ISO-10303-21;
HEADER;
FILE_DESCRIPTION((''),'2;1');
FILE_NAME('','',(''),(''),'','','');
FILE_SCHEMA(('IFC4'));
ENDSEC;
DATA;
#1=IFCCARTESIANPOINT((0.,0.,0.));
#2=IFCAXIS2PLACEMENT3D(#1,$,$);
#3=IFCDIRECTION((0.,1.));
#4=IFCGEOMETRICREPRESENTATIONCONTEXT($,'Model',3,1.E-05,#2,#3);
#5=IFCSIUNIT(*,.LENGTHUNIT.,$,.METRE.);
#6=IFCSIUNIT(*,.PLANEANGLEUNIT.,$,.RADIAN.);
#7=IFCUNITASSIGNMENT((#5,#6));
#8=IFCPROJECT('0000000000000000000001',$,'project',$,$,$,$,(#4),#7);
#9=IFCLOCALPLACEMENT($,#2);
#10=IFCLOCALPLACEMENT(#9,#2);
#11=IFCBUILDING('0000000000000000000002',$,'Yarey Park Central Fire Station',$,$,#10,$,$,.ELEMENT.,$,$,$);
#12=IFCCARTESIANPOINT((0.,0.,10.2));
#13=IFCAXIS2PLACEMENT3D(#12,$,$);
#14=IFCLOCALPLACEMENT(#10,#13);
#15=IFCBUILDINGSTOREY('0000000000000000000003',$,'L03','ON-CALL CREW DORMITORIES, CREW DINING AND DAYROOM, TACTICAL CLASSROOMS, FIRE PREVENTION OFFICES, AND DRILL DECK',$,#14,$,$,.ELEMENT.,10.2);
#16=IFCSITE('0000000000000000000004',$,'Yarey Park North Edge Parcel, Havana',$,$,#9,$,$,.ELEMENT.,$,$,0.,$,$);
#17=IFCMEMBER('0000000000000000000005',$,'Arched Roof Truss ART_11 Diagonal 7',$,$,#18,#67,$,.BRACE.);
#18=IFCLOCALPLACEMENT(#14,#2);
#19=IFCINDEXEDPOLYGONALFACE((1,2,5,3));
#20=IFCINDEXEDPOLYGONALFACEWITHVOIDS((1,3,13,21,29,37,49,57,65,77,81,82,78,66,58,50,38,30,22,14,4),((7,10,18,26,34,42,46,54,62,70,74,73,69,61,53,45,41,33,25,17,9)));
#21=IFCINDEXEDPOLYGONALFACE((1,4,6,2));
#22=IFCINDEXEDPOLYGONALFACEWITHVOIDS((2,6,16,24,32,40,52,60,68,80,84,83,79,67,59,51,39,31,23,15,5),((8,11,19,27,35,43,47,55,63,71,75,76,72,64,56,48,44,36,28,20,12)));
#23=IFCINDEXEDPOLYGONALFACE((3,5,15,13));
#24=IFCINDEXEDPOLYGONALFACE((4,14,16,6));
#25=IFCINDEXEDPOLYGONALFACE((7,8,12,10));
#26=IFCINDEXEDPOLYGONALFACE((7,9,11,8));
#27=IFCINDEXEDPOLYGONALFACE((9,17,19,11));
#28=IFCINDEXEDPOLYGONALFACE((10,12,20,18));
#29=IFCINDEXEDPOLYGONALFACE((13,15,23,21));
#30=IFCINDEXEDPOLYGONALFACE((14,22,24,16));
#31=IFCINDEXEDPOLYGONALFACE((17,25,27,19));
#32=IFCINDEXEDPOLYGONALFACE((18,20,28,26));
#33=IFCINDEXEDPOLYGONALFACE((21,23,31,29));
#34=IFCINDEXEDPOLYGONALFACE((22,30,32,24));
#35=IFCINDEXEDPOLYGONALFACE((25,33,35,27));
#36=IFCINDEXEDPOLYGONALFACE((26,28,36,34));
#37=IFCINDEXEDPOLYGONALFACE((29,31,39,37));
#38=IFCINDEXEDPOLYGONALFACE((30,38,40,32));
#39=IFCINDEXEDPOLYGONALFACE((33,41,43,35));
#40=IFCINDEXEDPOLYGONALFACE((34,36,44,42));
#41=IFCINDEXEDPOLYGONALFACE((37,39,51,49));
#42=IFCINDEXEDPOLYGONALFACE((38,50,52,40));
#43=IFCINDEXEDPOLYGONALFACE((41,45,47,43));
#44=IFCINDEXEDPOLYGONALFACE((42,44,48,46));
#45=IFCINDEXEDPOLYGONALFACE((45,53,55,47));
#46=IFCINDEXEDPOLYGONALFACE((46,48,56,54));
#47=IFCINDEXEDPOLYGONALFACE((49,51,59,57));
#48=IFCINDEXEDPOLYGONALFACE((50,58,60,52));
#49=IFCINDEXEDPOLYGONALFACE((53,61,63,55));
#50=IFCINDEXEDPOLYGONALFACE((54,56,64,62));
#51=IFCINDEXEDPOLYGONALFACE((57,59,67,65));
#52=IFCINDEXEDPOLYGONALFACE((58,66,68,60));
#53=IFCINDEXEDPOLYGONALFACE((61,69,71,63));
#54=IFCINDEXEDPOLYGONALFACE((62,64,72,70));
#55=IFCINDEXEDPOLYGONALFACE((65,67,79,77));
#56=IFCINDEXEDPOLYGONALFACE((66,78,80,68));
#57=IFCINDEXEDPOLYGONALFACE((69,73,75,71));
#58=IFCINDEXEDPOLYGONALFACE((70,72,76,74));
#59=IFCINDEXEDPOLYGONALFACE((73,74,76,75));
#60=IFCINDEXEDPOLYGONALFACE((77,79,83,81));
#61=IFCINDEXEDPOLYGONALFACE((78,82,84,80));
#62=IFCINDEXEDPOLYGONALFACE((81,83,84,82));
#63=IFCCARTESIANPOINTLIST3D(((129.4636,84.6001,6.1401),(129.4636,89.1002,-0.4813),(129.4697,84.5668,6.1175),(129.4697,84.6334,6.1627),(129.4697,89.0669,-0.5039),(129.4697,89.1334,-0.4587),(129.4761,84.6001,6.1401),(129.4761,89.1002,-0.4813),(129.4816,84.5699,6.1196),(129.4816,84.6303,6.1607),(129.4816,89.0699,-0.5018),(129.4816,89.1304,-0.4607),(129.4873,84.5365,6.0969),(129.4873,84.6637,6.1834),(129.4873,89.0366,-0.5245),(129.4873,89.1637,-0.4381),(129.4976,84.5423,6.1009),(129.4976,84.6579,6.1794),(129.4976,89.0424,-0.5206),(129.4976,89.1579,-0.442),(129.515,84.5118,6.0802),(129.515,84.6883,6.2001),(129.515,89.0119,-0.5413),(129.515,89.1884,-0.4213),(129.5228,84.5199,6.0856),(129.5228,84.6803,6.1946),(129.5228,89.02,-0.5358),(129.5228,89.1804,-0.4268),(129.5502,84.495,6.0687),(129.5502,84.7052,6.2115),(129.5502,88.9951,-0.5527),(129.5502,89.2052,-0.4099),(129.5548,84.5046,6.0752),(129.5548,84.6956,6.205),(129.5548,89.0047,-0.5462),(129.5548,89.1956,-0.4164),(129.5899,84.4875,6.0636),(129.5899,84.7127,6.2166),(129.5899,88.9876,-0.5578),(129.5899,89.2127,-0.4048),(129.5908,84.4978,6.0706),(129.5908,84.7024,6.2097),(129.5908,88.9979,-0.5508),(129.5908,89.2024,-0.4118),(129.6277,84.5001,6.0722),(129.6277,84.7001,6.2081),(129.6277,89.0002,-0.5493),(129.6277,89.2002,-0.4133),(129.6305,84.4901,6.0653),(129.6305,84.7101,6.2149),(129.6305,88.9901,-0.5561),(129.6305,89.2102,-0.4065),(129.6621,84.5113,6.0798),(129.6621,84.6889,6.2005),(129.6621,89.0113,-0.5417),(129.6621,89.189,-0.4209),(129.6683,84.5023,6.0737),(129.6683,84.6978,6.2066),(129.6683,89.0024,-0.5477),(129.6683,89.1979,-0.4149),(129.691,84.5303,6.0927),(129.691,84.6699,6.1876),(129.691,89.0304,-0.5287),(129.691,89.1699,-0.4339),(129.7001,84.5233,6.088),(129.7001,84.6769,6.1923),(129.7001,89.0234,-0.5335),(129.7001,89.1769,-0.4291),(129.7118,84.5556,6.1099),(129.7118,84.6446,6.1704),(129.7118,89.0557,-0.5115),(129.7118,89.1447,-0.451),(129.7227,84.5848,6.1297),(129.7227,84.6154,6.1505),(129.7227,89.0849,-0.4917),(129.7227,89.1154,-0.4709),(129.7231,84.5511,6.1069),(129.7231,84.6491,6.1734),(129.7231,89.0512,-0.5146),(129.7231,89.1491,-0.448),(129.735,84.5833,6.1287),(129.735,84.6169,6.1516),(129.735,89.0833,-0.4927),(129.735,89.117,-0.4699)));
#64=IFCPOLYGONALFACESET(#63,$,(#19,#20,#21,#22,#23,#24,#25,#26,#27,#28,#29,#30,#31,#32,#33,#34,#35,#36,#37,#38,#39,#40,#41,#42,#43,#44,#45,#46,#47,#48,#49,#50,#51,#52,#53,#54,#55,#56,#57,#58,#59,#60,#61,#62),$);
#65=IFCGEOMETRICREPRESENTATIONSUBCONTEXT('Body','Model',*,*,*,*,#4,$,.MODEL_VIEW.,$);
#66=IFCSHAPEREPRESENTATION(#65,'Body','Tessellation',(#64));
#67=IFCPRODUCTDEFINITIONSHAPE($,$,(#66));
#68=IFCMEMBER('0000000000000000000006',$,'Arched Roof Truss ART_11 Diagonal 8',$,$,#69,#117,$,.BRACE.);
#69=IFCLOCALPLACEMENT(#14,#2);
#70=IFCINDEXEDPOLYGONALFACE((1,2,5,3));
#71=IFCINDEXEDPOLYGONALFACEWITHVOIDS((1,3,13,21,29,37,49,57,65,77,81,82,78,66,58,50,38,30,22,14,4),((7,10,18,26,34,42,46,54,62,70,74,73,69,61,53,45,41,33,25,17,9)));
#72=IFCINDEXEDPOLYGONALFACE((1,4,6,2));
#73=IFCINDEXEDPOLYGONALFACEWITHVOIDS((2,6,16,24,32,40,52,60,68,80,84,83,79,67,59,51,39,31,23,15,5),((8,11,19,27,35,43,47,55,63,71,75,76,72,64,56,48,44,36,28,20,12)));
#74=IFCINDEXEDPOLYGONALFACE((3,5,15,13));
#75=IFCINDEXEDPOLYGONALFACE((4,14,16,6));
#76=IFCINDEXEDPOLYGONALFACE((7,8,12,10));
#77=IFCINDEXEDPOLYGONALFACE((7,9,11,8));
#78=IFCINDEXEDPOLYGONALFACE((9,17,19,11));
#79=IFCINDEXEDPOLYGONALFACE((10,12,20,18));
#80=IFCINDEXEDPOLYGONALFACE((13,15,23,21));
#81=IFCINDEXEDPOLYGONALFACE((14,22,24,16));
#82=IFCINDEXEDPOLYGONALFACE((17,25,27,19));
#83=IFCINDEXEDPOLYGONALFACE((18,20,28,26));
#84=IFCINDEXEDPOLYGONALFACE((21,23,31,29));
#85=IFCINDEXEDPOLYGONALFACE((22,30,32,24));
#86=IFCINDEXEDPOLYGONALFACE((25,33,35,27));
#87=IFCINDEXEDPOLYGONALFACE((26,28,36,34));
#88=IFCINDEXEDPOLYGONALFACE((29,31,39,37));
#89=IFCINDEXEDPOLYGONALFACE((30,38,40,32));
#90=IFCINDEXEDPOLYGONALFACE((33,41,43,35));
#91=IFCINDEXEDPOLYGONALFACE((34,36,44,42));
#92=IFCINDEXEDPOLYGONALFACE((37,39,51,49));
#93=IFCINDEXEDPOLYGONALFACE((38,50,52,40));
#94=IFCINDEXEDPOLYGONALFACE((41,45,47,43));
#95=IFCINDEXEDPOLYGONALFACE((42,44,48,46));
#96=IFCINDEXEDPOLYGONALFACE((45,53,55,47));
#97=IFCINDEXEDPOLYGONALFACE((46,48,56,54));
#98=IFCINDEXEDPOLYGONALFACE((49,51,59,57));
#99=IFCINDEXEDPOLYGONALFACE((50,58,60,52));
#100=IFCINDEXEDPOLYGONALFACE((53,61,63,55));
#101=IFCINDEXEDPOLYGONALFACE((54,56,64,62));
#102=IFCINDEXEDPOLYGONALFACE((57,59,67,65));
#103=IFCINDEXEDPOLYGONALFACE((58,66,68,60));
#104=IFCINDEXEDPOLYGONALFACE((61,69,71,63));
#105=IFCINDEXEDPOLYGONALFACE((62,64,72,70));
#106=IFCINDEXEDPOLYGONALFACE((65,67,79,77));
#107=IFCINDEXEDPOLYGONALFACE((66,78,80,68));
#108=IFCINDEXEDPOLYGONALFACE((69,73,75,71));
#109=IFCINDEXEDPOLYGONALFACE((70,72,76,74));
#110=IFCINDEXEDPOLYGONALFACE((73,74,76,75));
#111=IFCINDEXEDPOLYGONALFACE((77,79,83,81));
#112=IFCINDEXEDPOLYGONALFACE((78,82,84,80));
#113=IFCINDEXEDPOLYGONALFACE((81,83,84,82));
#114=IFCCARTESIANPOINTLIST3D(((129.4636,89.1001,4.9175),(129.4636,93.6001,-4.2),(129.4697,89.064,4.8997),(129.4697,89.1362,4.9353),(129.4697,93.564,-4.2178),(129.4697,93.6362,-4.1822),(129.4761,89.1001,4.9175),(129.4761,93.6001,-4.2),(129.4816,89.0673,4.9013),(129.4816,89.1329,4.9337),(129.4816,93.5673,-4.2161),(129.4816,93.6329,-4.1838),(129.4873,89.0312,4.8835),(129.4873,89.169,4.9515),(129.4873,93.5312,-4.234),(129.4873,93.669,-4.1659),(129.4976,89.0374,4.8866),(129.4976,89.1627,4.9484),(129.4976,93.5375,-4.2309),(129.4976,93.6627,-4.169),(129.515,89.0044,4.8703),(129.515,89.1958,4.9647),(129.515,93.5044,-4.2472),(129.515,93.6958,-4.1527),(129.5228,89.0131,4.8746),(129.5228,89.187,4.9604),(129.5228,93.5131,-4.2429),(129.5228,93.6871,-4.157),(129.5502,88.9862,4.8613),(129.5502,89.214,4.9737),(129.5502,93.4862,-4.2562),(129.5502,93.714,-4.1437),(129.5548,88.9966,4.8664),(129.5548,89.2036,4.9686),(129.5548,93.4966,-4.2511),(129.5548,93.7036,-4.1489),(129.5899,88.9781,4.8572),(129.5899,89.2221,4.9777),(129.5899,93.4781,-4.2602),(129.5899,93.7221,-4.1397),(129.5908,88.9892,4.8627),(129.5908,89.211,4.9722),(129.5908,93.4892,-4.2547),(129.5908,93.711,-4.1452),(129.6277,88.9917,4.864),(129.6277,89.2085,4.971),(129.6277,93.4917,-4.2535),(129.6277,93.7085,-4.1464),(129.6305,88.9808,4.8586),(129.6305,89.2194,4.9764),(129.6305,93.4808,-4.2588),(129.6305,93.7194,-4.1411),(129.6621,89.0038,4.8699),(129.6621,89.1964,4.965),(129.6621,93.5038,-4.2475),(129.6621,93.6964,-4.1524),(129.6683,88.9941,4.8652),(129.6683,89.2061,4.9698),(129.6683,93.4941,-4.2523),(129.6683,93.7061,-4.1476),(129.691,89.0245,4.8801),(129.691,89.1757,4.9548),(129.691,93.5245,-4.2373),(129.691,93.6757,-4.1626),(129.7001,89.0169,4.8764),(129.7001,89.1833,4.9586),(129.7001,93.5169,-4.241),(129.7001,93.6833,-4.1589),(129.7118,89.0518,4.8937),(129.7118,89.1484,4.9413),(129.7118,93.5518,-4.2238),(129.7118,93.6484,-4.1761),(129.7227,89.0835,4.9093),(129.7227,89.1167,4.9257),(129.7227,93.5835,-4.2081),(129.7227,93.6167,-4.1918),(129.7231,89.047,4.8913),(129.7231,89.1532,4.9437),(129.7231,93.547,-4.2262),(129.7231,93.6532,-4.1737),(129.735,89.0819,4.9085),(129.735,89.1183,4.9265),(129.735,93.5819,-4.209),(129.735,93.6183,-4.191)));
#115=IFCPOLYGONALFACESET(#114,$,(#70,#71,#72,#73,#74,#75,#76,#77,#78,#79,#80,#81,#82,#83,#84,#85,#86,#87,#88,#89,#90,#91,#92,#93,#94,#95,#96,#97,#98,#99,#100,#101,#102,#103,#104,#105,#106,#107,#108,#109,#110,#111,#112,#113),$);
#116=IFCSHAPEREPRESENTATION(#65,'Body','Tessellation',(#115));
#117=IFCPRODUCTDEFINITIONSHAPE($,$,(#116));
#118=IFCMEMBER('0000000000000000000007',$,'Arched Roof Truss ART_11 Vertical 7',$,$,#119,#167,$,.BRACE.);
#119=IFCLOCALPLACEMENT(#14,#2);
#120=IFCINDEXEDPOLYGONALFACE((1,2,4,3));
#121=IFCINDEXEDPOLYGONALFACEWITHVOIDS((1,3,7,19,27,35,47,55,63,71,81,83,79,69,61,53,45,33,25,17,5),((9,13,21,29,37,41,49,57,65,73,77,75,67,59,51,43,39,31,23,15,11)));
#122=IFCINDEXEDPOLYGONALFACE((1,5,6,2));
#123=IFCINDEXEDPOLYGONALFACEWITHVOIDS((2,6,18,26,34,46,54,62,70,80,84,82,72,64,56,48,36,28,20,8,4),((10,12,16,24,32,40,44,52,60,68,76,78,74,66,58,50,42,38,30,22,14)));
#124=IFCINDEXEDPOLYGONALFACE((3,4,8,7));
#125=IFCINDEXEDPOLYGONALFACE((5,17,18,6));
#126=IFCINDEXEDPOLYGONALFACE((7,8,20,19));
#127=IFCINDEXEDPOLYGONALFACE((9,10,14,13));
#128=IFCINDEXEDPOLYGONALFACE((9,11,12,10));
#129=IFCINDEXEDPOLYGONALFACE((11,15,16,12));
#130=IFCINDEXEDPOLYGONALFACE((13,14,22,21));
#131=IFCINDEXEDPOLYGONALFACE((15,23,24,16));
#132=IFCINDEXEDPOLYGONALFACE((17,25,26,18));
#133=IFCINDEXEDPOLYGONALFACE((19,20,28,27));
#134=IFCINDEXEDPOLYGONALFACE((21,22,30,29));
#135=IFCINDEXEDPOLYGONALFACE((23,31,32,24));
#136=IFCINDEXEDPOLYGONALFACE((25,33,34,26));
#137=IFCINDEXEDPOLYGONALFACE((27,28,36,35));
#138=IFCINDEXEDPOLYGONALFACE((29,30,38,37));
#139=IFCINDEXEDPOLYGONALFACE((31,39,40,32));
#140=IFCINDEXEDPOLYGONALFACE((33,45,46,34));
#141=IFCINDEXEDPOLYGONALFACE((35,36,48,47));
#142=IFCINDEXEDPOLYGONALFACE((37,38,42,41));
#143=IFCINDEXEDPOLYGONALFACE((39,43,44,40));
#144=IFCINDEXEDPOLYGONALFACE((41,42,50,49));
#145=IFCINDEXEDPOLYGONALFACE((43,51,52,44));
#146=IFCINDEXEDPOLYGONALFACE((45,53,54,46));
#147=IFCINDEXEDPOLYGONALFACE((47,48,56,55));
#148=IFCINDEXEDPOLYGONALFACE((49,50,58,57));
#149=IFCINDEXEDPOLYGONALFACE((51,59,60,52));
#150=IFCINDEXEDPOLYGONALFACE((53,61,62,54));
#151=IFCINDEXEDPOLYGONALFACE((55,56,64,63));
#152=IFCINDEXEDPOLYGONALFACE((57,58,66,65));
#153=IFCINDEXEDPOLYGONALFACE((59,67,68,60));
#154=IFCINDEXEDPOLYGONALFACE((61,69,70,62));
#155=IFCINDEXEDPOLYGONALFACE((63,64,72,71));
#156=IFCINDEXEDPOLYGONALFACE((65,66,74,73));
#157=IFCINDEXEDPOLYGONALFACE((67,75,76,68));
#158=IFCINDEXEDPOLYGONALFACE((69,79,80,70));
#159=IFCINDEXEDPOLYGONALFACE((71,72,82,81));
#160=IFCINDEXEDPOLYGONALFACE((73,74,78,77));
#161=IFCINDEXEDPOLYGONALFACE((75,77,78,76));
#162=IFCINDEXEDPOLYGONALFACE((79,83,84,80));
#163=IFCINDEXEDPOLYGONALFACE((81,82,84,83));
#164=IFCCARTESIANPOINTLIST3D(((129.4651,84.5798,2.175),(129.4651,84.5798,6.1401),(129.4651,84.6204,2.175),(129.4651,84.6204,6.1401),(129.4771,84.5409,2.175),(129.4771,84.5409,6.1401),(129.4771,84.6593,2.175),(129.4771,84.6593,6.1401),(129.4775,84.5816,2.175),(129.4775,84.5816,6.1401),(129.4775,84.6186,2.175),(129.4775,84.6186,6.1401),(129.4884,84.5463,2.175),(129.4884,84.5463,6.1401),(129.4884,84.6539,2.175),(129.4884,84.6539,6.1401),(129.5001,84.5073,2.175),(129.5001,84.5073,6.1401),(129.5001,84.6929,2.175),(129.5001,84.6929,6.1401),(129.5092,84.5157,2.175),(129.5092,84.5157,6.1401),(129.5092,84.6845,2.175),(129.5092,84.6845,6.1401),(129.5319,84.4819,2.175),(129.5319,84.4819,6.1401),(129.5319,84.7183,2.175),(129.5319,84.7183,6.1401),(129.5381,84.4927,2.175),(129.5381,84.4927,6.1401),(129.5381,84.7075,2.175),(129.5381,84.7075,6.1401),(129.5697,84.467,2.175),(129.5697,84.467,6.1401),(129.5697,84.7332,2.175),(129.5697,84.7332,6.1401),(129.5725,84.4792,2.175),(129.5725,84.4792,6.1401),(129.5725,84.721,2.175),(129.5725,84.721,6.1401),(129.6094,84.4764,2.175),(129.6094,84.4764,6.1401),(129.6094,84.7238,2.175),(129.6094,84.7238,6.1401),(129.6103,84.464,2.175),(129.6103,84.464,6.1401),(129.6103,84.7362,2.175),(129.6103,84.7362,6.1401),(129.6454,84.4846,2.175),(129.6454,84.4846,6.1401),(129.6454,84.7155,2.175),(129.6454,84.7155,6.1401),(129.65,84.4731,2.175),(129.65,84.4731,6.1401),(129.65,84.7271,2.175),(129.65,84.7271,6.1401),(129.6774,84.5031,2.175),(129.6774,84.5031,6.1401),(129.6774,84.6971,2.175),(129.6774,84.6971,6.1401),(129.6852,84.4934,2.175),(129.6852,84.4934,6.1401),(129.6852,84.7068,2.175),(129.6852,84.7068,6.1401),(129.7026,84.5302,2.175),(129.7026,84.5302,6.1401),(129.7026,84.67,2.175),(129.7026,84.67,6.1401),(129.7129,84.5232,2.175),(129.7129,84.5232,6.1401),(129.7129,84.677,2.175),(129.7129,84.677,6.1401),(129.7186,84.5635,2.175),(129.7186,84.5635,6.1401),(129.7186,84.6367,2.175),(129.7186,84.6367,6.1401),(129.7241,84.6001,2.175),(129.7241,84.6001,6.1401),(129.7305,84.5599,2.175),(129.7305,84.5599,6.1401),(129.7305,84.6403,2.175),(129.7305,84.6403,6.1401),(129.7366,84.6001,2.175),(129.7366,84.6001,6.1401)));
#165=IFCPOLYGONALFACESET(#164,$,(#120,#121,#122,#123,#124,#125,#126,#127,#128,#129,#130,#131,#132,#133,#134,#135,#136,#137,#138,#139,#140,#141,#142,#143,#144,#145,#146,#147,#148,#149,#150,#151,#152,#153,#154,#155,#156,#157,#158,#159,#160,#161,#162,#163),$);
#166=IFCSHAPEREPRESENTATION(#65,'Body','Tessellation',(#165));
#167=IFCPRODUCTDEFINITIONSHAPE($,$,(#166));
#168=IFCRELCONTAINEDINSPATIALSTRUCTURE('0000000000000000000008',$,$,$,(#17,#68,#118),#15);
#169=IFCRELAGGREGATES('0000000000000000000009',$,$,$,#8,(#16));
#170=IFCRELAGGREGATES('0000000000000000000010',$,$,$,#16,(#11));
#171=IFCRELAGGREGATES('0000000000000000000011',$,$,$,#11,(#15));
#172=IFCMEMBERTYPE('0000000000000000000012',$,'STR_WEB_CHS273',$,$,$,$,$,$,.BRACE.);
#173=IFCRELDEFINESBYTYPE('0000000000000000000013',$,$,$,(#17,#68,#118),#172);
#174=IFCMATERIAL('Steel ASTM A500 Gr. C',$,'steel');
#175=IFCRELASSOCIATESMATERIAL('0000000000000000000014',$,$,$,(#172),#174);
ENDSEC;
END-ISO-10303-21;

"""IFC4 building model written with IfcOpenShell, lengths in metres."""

from ifc_helpers import new_model, si_unit, direction, frame, origin, origin_2d, place, context, subcontext, project, spatial, hollow_circle, extrude, material, material_profile, profile_set, type_object, element, save


model = new_model("IFC4")

# Units and contexts
model_context = context("Model", 3, precision=1e-05, world=origin(), true_north=direction((0.0, 1.0)))
body_context = subcontext(model_context, "Body", "Model", "MODEL_VIEW")
ifc_project = project(units=[si_unit("LENGTHUNIT", "METRE"), si_unit("PLANEANGLEUNIT", "RADIAN")], contexts=[model_context])

# Site, building, storey
site_placement = place(None, origin())
site = spatial("IfcSite", under=ifc_project, at=site_placement, Name="Yarey Park North Edge Parcel, Havana", CompositionType="ELEMENT", RefElevation=0.0)
building_placement = place(site_placement, origin())
building = spatial("IfcBuilding", under=site, at=building_placement, Name="Yarey Park Central Fire Station", CompositionType="ELEMENT")
storey_placement = place(building_placement, frame((0.0, 0.0, 10.2)))
storey = spatial("IfcBuildingStorey", under=building, at=storey_placement, Name="L03", Description="ON-CALL CREW DORMITORIES, CREW DINING AND DAYROOM, TACTICAL CLASSROOMS, FIRE PREVENTION OFFICES, AND DRILL DECK", CompositionType="ELEMENT", Elevation=10.2)

# Members
ifc_material_1 = material(Name="Steel ASTM A500 Gr. C", Category="steel")
ifc_material_profile_1 = material_profile(ifc_material_1, hollow_circle(Radius=0.1365, WallThickness=0.0125, at=origin_2d()), Name="CHS 273x12.5")
ifc_profile_set_1 = profile_set([ifc_material_profile_1], Name="Steel ASTM A500 Gr. C")
member_type_1 = type_object("IfcMemberType", Name="STR_WEB_CHS273", PredefinedType="BRACE", material=ifc_profile_set_1)
member_1_placement = place(storey_placement, frame((129.6001, 84.6001, 6.1401), z_axis=(0.0, 0.562096, -0.827072), x_axis=(-1.0, 0.0, 0.0)))
element("IfcMember", 1, at=member_1_placement, inside=storey, type_object=member_type_1, Name="Arched Roof Truss ART_11 Diagonal 7", PredefinedType="BRACE", context=body_context, shape_type="SweptSolid", body=[
    extrude(hollow_circle(Radius=0.1365, WallThickness=0.0125, at=origin_2d()), origin(), (0.0, 0.0, 1.0), 8.0059),
])
member_2_placement = place(storey_placement, frame((129.6001, 89.1001, 4.9175), z_axis=(0.0, 0.442588, -0.896725), x_axis=(-1.0, 0.0, 0.0)))
element("IfcMember", 2, at=member_2_placement, inside=storey, type_object=member_type_1, Name="Arched Roof Truss ART_11 Diagonal 8", PredefinedType="BRACE", context=body_context, shape_type="SweptSolid", body=[
    extrude(hollow_circle(Radius=0.1365, WallThickness=0.0125, at=origin_2d()), origin(), (0.0, 0.0, 1.0), 10.1675),
])
member_3_placement = place(storey_placement, frame((129.6001, 84.6001, 2.175), z_axis=(0.0, 0.0, 1.0), x_axis=(1.0, 0.0, 0.0)))
element("IfcMember", 3, at=member_3_placement, inside=storey, type_object=member_type_1, Name="Arched Roof Truss ART_11 Vertical 7", PredefinedType="BRACE", context=body_context, shape_type="SweptSolid", body=[
    extrude(hollow_circle(Radius=0.1365, WallThickness=0.0125, at=origin_2d()), origin(), (0.0, 0.0, 1.0), 3.9651),
])

save(model, "model.ifc")
